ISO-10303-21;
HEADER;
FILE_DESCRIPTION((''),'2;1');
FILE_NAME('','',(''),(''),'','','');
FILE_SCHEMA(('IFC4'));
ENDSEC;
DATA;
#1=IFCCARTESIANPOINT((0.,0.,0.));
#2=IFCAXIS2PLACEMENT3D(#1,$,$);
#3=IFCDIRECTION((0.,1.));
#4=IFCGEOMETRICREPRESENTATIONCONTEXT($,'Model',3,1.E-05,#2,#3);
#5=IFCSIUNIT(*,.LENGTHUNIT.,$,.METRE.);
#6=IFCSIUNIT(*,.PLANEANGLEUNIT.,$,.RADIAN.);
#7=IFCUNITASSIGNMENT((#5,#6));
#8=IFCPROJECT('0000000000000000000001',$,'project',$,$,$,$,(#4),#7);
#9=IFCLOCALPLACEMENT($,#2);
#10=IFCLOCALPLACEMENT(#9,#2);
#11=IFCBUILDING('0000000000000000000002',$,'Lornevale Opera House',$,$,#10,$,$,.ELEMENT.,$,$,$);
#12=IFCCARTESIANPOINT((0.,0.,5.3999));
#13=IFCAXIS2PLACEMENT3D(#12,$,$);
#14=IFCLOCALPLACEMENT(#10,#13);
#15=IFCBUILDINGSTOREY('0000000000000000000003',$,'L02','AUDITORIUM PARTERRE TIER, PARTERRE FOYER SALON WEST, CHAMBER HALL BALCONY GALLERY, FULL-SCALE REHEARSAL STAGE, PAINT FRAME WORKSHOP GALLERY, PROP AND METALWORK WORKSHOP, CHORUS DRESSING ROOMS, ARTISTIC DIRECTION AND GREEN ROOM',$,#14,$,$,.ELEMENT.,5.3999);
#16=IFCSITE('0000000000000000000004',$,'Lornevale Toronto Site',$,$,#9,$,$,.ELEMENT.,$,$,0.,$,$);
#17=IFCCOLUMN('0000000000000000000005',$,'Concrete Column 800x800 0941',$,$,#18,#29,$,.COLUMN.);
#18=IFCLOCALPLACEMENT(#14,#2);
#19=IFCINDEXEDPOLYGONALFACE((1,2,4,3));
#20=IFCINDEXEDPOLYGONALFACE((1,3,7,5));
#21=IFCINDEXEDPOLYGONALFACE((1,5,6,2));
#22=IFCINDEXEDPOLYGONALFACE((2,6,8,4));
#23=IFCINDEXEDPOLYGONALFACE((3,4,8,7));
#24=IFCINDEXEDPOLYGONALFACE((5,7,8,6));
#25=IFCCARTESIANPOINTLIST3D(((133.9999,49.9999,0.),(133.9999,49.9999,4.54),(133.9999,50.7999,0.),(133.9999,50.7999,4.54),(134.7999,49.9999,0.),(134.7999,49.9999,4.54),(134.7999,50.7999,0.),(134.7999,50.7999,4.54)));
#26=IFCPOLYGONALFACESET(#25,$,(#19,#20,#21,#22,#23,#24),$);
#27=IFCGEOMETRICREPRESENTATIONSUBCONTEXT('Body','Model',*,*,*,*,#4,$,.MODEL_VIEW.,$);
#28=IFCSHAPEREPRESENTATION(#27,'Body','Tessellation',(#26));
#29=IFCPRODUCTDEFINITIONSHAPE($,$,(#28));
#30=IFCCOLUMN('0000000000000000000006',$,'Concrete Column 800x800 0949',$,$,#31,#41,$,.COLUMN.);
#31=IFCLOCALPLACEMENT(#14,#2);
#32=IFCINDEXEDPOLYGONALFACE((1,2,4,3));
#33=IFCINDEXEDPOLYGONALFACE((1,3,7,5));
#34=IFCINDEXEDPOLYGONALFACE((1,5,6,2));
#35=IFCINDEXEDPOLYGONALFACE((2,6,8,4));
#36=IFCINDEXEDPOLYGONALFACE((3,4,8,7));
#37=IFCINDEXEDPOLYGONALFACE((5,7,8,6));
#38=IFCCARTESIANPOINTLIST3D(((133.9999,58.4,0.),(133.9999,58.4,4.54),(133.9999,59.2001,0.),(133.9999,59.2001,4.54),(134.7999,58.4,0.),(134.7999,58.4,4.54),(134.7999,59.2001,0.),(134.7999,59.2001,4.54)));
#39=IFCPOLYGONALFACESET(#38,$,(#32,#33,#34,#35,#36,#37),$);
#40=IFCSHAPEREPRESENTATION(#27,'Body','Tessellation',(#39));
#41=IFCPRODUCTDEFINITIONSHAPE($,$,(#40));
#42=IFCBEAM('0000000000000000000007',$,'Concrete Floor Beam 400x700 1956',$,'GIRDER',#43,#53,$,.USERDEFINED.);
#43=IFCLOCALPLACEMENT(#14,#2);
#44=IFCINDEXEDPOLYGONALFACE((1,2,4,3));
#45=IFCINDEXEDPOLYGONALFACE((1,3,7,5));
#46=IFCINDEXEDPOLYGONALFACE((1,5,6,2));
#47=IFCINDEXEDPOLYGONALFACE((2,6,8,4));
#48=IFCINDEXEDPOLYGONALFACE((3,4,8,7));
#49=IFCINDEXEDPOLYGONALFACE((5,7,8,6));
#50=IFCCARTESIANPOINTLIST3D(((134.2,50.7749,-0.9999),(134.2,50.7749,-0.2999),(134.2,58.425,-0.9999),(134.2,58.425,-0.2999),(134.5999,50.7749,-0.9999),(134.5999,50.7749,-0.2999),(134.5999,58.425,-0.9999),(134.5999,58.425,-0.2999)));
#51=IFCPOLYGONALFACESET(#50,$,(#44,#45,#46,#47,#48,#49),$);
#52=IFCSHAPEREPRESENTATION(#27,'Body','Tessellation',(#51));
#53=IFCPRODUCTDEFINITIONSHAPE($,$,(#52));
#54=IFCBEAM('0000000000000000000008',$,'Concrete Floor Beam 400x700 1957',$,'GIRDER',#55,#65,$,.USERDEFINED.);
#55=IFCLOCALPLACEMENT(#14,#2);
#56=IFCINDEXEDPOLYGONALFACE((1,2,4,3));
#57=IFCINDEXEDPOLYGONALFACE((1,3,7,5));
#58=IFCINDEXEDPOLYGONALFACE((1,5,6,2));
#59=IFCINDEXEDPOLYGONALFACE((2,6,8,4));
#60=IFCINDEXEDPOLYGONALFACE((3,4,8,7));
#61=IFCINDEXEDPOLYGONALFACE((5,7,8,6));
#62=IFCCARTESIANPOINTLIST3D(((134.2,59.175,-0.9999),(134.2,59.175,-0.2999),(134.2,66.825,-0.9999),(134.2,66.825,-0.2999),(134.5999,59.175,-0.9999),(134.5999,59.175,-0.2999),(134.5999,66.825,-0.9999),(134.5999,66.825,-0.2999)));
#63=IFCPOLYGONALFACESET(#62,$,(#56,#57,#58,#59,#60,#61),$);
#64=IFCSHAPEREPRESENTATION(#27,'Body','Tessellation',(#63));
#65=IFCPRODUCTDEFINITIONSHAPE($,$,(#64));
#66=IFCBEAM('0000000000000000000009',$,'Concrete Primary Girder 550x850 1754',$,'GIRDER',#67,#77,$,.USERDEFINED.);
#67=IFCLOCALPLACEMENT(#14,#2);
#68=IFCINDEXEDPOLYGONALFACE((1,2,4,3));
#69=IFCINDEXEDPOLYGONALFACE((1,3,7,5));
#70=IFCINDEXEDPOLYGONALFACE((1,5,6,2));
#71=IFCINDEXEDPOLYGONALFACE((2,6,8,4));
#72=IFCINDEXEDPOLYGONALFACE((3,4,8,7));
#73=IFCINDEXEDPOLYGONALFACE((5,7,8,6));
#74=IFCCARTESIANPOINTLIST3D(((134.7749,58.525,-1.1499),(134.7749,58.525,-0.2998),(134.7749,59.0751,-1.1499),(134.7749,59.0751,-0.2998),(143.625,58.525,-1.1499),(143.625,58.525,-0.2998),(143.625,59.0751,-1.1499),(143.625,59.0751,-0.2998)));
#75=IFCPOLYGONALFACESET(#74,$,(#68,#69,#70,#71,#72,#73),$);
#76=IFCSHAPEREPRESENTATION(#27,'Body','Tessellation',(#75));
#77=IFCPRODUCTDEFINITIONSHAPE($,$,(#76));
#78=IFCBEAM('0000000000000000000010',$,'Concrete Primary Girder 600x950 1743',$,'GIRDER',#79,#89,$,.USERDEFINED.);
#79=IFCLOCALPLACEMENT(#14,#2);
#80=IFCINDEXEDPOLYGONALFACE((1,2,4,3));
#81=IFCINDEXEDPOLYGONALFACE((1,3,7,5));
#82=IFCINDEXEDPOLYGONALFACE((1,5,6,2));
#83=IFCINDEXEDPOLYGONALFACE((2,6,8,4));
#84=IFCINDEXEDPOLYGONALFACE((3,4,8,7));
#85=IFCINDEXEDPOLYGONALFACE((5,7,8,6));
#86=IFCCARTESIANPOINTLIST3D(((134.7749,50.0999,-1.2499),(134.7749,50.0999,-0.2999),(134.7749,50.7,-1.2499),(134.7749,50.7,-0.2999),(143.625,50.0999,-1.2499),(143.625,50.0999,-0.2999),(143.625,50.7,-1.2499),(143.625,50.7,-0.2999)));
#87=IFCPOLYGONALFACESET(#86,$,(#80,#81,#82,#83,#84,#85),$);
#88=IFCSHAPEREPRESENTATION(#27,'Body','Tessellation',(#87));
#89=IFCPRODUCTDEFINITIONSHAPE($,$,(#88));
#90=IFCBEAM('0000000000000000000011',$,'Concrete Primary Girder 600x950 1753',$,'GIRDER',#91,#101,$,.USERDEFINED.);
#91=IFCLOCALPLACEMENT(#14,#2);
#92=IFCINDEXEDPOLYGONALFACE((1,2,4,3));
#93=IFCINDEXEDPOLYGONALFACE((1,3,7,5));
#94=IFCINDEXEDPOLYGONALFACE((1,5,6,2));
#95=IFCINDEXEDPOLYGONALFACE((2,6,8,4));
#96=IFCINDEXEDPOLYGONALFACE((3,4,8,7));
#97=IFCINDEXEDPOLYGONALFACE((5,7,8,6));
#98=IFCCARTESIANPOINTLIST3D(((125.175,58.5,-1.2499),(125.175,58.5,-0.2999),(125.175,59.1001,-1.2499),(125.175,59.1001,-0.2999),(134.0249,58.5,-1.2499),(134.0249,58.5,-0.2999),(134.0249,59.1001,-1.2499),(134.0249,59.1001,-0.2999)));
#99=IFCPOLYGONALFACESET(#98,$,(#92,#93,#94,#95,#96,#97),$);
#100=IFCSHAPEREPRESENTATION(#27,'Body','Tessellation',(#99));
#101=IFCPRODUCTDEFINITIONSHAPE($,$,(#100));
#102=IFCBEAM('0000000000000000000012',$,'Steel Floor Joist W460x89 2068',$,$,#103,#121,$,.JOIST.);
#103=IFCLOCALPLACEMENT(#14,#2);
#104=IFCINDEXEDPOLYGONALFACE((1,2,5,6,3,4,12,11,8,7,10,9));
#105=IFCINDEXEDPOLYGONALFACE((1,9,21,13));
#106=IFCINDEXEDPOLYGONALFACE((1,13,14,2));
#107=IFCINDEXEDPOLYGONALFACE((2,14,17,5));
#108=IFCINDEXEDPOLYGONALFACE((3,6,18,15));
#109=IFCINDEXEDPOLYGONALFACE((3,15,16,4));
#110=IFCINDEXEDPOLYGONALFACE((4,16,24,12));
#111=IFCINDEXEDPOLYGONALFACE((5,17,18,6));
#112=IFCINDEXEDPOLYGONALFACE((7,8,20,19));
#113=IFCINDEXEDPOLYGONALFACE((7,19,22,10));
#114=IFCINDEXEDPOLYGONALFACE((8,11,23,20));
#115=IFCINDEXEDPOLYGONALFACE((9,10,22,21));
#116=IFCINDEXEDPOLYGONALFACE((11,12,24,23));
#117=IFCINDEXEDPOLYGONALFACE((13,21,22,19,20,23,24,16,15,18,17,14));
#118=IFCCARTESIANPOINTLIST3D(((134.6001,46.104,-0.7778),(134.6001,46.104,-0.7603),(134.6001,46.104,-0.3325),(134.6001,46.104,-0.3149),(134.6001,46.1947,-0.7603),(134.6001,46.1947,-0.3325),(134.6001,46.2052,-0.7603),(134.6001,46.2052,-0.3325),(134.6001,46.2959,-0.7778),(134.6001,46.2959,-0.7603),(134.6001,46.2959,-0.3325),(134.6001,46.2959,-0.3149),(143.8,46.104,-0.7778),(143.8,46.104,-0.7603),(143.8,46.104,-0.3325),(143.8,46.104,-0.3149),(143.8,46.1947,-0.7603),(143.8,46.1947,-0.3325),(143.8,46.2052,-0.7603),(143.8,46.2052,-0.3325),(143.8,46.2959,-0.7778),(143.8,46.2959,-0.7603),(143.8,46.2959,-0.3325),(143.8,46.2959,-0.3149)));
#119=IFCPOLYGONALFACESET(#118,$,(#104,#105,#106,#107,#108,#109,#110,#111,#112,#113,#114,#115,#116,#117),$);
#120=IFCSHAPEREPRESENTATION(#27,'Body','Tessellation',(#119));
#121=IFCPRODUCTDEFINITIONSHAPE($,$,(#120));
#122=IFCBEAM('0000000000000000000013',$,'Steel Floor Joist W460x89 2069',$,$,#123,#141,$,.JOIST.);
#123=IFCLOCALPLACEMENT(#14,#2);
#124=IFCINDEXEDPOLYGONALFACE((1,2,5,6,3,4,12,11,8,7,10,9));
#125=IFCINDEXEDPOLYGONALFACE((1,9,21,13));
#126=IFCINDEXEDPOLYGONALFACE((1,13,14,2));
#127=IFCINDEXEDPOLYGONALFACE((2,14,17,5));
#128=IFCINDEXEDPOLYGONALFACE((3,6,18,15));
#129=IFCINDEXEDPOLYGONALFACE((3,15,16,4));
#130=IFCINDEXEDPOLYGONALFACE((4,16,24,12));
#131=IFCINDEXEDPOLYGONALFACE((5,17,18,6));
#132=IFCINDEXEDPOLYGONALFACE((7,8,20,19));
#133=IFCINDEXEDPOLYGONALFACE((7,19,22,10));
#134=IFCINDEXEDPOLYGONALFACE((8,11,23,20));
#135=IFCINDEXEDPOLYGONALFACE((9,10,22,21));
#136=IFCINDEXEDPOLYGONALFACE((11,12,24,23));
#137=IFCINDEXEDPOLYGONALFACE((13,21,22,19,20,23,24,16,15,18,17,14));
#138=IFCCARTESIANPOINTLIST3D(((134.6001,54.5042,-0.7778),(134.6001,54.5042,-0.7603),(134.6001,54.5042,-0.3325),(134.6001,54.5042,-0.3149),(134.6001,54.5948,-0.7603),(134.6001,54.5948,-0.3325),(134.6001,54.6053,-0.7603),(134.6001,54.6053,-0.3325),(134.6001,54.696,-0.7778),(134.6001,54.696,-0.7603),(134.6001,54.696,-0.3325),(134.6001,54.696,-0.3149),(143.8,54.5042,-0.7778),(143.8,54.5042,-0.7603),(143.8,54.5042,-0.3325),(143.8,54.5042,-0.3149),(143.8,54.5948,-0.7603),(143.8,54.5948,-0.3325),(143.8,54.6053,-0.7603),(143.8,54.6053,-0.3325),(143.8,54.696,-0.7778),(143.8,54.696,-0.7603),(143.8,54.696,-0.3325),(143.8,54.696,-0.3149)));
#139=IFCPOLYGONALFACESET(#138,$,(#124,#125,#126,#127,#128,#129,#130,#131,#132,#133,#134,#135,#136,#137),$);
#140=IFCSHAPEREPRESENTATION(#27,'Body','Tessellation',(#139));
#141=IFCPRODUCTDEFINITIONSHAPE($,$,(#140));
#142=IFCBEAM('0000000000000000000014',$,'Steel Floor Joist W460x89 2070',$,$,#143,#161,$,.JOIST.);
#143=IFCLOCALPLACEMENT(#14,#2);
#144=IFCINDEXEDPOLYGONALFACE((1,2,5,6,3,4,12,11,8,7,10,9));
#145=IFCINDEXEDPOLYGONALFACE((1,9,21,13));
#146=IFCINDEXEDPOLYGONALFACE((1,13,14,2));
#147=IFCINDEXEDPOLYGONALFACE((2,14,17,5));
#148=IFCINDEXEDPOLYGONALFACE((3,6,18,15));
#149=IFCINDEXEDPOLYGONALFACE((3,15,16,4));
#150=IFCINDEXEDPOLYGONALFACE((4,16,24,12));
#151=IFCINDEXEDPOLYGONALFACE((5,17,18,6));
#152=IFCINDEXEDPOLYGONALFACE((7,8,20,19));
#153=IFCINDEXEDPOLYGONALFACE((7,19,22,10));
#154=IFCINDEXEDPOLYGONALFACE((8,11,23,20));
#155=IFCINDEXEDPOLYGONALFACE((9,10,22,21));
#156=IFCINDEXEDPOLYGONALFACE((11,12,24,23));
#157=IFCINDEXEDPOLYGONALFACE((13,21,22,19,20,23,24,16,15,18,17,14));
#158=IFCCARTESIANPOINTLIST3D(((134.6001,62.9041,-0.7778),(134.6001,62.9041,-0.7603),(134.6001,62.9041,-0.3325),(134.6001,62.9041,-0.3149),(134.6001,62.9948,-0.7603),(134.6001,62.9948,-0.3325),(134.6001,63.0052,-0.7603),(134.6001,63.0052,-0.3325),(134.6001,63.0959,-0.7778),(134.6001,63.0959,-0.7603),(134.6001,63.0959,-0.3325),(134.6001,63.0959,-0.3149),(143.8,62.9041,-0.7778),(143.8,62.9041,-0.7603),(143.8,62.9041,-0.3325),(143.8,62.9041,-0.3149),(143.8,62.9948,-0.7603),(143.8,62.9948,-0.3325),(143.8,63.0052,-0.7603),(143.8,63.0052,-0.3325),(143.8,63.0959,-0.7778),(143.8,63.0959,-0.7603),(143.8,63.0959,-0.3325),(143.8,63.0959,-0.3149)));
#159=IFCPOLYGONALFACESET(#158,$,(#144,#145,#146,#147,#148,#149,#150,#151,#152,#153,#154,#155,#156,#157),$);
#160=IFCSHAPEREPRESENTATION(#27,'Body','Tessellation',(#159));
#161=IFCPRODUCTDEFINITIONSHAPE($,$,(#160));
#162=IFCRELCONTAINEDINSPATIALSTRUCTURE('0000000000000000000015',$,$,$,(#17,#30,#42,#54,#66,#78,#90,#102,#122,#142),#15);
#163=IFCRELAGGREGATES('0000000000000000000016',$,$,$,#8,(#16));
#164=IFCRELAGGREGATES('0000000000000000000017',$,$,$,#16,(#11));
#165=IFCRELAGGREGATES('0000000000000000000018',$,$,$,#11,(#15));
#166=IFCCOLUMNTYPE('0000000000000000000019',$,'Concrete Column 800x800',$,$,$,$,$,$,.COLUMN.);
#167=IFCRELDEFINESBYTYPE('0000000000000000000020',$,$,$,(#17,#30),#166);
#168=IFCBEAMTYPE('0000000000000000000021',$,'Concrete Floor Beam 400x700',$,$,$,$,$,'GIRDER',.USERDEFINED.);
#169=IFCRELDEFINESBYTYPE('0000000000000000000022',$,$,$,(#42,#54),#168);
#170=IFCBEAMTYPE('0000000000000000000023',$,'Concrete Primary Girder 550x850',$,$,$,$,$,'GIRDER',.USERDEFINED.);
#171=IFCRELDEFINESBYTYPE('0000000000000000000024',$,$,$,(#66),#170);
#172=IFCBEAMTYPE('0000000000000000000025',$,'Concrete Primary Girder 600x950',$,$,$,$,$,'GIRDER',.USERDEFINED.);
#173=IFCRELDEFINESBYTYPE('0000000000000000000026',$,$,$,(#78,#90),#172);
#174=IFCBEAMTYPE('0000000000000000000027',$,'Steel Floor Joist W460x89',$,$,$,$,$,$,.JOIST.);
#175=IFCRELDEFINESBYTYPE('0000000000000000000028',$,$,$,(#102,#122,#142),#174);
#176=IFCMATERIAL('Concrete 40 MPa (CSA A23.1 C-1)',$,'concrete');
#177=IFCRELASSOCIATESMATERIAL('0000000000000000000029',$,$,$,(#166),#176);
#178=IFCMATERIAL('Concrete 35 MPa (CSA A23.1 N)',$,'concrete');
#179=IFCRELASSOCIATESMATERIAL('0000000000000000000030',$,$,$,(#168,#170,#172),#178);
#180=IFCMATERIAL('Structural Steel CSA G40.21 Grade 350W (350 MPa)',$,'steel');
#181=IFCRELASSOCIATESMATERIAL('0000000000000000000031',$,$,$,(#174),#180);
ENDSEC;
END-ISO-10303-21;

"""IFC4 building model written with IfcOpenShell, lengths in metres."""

from ifc_helpers import new_model, si_unit, direction, frame, origin, origin_2d, place, context, subcontext, project, spatial, rectangle, i_section, extrude, material, material_profile, profile_set, type_object, element, save


model = new_model("IFC4")

# Units and contexts
model_context = context("Model", 3, precision=1e-05, world=origin(), true_north=direction((0.0, 1.0)))
body_context = subcontext(model_context, "Body", "Model", "MODEL_VIEW")
ifc_project = project(units=[si_unit("LENGTHUNIT", "METRE"), si_unit("PLANEANGLEUNIT", "RADIAN")], contexts=[model_context])

# Site, building, storey
site_placement = place(None, origin())
site = spatial("IfcSite", under=ifc_project, at=site_placement, Name="Lornevale Toronto Site", CompositionType="ELEMENT", RefElevation=0.0)
building_placement = place(site_placement, origin())
building = spatial("IfcBuilding", under=site, at=building_placement, Name="Lornevale Opera House", CompositionType="ELEMENT")
storey_placement = place(building_placement, frame((0.0, 0.0, 5.3999)))
storey = spatial("IfcBuildingStorey", under=building, at=storey_placement, Name="L02", Description="AUDITORIUM PARTERRE TIER, PARTERRE FOYER SALON WEST, CHAMBER HALL BALCONY GALLERY, FULL-SCALE REHEARSAL STAGE, PAINT FRAME WORKSHOP GALLERY, PROP AND METALWORK WORKSHOP, CHORUS DRESSING ROOMS, ARTISTIC DIRECTION AND GREEN ROOM", CompositionType="ELEMENT", Elevation=5.3999)

# Columns
ifc_material_1 = material(Name="Concrete 40 MPa (CSA A23.1 C-1)", Category="concrete")
ifc_material_profile_1 = material_profile(ifc_material_1, rectangle(XDim=0.8, YDim=0.8, at=origin_2d()), Name="RC800x800")
ifc_profile_set_1 = profile_set([ifc_material_profile_1], Name="Concrete 40 MPa (CSA A23.1 C-1)")
column_type = type_object("IfcColumnType", Name="Concrete Column 800x800", PredefinedType="COLUMN", material=ifc_profile_set_1)
for number, where, z_axis, x_axis, name in (
    (1, (134.3999, 50.3999, 0.0), (0.0, 0.0, 1.0), (1.0, 0.0, 0.0), "Concrete Column 800x800 0941"),
    (2, (134.3999, 58.8, 0.0), (0.0, 0.0, 1.0), (1.0, 0.0, 0.0), "Concrete Column 800x800 0949"),
):
    element("IfcColumn", number, at=place(storey_placement, frame(where, z_axis=z_axis, x_axis=x_axis)), inside=storey, type_object=column_type, Name=name, PredefinedType="COLUMN", context=body_context, shape_type="SweptSolid", body=[
        extrude(rectangle(XDim=0.8, YDim=0.8, at=origin_2d()), origin(), (0.0, 0.0, 1.0), 4.54),
    ])

# Beams
ifc_material_2 = material(Name="Concrete 35 MPa (CSA A23.1 N)", Category="concrete")
ifc_material_profile_2 = material_profile(ifc_material_2, rectangle(XDim=0.3999, YDim=0.7, at=origin_2d()), Name="RC400x700")
ifc_profile_set_2 = profile_set([ifc_material_profile_2], Name="Concrete 35 MPa (CSA A23.1 N)")
beam_type_1 = type_object("IfcBeamType", Name="Concrete Floor Beam 400x700", ElementType="GIRDER", PredefinedType="USERDEFINED", material=ifc_profile_set_2)
beam_1_placement = place(storey_placement, frame((134.3999, 50.7749, -0.6499), z_axis=(0.0, 1.0, 0.0), x_axis=(-1.0, 0.0, 0.0)))
element("IfcBeam", 3, at=beam_1_placement, inside=storey, type_object=beam_type_1, Name="Concrete Floor Beam 400x700 1956", ObjectType="GIRDER", PredefinedType="USERDEFINED", context=body_context, shape_type="SweptSolid", body=[
    extrude(rectangle(XDim=0.3999, YDim=0.7, at=origin_2d()), origin(), (0.0, 0.0, 1.0), 7.6501),
])
beam_2_placement = place(storey_placement, frame((134.3999, 59.175, -0.6499), z_axis=(0.0, 1.0, 0.0), x_axis=(-1.0, 0.0, 0.0)))
element("IfcBeam", 4, at=beam_2_placement, inside=storey, type_object=beam_type_1, Name="Concrete Floor Beam 400x700 1957", ObjectType="GIRDER", PredefinedType="USERDEFINED", context=body_context, shape_type="SweptSolid", body=[
    extrude(rectangle(XDim=0.3999, YDim=0.7, at=origin_2d()), origin(), (0.0, 0.0, 1.0), 7.6499),
])
ifc_material_profile_3 = material_profile(ifc_material_2, rectangle(XDim=0.55, YDim=0.8501, at=origin_2d()), Name="RC550x850")
ifc_profile_set_3 = profile_set([ifc_material_profile_3], Name="Concrete 35 MPa (CSA A23.1 N)")
beam_type_2 = type_object("IfcBeamType", Name="Concrete Primary Girder 550x850", ElementType="GIRDER", PredefinedType="USERDEFINED", material=ifc_profile_set_3)
beam_3_placement = place(storey_placement, frame((134.7749, 58.8, -0.7249), z_axis=(1.0, 0.0, 0.0), x_axis=(0.0, 1.0, 0.0)))
element("IfcBeam", 5, at=beam_3_placement, inside=storey, type_object=beam_type_2, Name="Concrete Primary Girder 550x850 1754", ObjectType="GIRDER", PredefinedType="USERDEFINED", context=body_context, shape_type="SweptSolid", body=[
    extrude(rectangle(XDim=0.55, YDim=0.8501, at=origin_2d()), origin(), (0.0, 0.0, 1.0), 8.8501),
])
ifc_material_profile_4 = material_profile(ifc_material_2, rectangle(XDim=0.6001, YDim=0.95, at=origin_2d()), Name="RC600x950")
ifc_profile_set_4 = profile_set([ifc_material_profile_4], Name="Concrete 35 MPa (CSA A23.1 N)")
beam_type_3 = type_object("IfcBeamType", Name="Concrete Primary Girder 600x950", ElementType="GIRDER", PredefinedType="USERDEFINED", material=ifc_profile_set_4)
beam_4_placement = place(storey_placement, frame((134.7749, 50.3999, -0.7749), z_axis=(1.0, 0.0, 0.0), x_axis=(0.0, 1.0, 0.0)))
element("IfcBeam", 6, at=beam_4_placement, inside=storey, type_object=beam_type_3, Name="Concrete Primary Girder 600x950 1743", ObjectType="GIRDER", PredefinedType="USERDEFINED", context=body_context, shape_type="SweptSolid", body=[
    extrude(rectangle(XDim=0.6001, YDim=0.95, at=origin_2d()), origin(), (0.0, 0.0, 1.0), 8.8501),
])
beam_5_placement = place(storey_placement, frame((125.175, 58.8, -0.7749), z_axis=(1.0, 0.0, 0.0), x_axis=(0.0, 1.0, 0.0)))
element("IfcBeam", 7, at=beam_5_placement, inside=storey, type_object=beam_type_3, Name="Concrete Primary Girder 600x950 1753", ObjectType="GIRDER", PredefinedType="USERDEFINED", context=body_context, shape_type="SweptSolid", body=[
    extrude(rectangle(XDim=0.6001, YDim=0.95, at=origin_2d()), origin(), (0.0, 0.0, 1.0), 8.8499),
])
ifc_material_3 = material(Name="Structural Steel CSA G40.21 Grade 350W (350 MPa)", Category="steel")
ifc_material_profile_5 = material_profile(ifc_material_3, i_section(OverallWidth=0.1919, OverallDepth=0.4629, WebThickness=0.0105, FlangeThickness=0.0176, at=origin_2d()), Name="W460x89")
ifc_profile_set_5 = profile_set([ifc_material_profile_5], Name="Structural Steel CSA G40.21 Grade 350W (350 MPa)")
beam_type_4 = type_object("IfcBeamType", Name="Steel Floor Joist W460x89", PredefinedType="JOIST", material=ifc_profile_set_5)
for number, where, z_axis, x_axis, name in (
    (8, (134.6001, 46.2, -0.5464), (1.0, 0.0, 0.0), (0.0, 1.0, 0.0), "Steel Floor Joist W460x89 2068"),
    (9, (134.6001, 54.6001, -0.5464), (1.0, 0.0, 0.0), (0.0, 1.0, 0.0), "Steel Floor Joist W460x89 2069"),
    (10, (134.6001, 63.0, -0.5464), (1.0, 0.0, 0.0), (0.0, 1.0, 0.0), "Steel Floor Joist W460x89 2070"),
):
    element("IfcBeam", number, at=place(storey_placement, frame(where, z_axis=z_axis, x_axis=x_axis)), inside=storey, type_object=beam_type_4, Name=name, PredefinedType="JOIST", context=body_context, shape_type="SweptSolid", body=[
        extrude(i_section(OverallWidth=0.1919, OverallDepth=0.4629, WebThickness=0.0105, FlangeThickness=0.0176, at=origin_2d()), origin(), (0.0, 0.0, 1.0), 9.2),
    ])

save(model, "model.ifc")
